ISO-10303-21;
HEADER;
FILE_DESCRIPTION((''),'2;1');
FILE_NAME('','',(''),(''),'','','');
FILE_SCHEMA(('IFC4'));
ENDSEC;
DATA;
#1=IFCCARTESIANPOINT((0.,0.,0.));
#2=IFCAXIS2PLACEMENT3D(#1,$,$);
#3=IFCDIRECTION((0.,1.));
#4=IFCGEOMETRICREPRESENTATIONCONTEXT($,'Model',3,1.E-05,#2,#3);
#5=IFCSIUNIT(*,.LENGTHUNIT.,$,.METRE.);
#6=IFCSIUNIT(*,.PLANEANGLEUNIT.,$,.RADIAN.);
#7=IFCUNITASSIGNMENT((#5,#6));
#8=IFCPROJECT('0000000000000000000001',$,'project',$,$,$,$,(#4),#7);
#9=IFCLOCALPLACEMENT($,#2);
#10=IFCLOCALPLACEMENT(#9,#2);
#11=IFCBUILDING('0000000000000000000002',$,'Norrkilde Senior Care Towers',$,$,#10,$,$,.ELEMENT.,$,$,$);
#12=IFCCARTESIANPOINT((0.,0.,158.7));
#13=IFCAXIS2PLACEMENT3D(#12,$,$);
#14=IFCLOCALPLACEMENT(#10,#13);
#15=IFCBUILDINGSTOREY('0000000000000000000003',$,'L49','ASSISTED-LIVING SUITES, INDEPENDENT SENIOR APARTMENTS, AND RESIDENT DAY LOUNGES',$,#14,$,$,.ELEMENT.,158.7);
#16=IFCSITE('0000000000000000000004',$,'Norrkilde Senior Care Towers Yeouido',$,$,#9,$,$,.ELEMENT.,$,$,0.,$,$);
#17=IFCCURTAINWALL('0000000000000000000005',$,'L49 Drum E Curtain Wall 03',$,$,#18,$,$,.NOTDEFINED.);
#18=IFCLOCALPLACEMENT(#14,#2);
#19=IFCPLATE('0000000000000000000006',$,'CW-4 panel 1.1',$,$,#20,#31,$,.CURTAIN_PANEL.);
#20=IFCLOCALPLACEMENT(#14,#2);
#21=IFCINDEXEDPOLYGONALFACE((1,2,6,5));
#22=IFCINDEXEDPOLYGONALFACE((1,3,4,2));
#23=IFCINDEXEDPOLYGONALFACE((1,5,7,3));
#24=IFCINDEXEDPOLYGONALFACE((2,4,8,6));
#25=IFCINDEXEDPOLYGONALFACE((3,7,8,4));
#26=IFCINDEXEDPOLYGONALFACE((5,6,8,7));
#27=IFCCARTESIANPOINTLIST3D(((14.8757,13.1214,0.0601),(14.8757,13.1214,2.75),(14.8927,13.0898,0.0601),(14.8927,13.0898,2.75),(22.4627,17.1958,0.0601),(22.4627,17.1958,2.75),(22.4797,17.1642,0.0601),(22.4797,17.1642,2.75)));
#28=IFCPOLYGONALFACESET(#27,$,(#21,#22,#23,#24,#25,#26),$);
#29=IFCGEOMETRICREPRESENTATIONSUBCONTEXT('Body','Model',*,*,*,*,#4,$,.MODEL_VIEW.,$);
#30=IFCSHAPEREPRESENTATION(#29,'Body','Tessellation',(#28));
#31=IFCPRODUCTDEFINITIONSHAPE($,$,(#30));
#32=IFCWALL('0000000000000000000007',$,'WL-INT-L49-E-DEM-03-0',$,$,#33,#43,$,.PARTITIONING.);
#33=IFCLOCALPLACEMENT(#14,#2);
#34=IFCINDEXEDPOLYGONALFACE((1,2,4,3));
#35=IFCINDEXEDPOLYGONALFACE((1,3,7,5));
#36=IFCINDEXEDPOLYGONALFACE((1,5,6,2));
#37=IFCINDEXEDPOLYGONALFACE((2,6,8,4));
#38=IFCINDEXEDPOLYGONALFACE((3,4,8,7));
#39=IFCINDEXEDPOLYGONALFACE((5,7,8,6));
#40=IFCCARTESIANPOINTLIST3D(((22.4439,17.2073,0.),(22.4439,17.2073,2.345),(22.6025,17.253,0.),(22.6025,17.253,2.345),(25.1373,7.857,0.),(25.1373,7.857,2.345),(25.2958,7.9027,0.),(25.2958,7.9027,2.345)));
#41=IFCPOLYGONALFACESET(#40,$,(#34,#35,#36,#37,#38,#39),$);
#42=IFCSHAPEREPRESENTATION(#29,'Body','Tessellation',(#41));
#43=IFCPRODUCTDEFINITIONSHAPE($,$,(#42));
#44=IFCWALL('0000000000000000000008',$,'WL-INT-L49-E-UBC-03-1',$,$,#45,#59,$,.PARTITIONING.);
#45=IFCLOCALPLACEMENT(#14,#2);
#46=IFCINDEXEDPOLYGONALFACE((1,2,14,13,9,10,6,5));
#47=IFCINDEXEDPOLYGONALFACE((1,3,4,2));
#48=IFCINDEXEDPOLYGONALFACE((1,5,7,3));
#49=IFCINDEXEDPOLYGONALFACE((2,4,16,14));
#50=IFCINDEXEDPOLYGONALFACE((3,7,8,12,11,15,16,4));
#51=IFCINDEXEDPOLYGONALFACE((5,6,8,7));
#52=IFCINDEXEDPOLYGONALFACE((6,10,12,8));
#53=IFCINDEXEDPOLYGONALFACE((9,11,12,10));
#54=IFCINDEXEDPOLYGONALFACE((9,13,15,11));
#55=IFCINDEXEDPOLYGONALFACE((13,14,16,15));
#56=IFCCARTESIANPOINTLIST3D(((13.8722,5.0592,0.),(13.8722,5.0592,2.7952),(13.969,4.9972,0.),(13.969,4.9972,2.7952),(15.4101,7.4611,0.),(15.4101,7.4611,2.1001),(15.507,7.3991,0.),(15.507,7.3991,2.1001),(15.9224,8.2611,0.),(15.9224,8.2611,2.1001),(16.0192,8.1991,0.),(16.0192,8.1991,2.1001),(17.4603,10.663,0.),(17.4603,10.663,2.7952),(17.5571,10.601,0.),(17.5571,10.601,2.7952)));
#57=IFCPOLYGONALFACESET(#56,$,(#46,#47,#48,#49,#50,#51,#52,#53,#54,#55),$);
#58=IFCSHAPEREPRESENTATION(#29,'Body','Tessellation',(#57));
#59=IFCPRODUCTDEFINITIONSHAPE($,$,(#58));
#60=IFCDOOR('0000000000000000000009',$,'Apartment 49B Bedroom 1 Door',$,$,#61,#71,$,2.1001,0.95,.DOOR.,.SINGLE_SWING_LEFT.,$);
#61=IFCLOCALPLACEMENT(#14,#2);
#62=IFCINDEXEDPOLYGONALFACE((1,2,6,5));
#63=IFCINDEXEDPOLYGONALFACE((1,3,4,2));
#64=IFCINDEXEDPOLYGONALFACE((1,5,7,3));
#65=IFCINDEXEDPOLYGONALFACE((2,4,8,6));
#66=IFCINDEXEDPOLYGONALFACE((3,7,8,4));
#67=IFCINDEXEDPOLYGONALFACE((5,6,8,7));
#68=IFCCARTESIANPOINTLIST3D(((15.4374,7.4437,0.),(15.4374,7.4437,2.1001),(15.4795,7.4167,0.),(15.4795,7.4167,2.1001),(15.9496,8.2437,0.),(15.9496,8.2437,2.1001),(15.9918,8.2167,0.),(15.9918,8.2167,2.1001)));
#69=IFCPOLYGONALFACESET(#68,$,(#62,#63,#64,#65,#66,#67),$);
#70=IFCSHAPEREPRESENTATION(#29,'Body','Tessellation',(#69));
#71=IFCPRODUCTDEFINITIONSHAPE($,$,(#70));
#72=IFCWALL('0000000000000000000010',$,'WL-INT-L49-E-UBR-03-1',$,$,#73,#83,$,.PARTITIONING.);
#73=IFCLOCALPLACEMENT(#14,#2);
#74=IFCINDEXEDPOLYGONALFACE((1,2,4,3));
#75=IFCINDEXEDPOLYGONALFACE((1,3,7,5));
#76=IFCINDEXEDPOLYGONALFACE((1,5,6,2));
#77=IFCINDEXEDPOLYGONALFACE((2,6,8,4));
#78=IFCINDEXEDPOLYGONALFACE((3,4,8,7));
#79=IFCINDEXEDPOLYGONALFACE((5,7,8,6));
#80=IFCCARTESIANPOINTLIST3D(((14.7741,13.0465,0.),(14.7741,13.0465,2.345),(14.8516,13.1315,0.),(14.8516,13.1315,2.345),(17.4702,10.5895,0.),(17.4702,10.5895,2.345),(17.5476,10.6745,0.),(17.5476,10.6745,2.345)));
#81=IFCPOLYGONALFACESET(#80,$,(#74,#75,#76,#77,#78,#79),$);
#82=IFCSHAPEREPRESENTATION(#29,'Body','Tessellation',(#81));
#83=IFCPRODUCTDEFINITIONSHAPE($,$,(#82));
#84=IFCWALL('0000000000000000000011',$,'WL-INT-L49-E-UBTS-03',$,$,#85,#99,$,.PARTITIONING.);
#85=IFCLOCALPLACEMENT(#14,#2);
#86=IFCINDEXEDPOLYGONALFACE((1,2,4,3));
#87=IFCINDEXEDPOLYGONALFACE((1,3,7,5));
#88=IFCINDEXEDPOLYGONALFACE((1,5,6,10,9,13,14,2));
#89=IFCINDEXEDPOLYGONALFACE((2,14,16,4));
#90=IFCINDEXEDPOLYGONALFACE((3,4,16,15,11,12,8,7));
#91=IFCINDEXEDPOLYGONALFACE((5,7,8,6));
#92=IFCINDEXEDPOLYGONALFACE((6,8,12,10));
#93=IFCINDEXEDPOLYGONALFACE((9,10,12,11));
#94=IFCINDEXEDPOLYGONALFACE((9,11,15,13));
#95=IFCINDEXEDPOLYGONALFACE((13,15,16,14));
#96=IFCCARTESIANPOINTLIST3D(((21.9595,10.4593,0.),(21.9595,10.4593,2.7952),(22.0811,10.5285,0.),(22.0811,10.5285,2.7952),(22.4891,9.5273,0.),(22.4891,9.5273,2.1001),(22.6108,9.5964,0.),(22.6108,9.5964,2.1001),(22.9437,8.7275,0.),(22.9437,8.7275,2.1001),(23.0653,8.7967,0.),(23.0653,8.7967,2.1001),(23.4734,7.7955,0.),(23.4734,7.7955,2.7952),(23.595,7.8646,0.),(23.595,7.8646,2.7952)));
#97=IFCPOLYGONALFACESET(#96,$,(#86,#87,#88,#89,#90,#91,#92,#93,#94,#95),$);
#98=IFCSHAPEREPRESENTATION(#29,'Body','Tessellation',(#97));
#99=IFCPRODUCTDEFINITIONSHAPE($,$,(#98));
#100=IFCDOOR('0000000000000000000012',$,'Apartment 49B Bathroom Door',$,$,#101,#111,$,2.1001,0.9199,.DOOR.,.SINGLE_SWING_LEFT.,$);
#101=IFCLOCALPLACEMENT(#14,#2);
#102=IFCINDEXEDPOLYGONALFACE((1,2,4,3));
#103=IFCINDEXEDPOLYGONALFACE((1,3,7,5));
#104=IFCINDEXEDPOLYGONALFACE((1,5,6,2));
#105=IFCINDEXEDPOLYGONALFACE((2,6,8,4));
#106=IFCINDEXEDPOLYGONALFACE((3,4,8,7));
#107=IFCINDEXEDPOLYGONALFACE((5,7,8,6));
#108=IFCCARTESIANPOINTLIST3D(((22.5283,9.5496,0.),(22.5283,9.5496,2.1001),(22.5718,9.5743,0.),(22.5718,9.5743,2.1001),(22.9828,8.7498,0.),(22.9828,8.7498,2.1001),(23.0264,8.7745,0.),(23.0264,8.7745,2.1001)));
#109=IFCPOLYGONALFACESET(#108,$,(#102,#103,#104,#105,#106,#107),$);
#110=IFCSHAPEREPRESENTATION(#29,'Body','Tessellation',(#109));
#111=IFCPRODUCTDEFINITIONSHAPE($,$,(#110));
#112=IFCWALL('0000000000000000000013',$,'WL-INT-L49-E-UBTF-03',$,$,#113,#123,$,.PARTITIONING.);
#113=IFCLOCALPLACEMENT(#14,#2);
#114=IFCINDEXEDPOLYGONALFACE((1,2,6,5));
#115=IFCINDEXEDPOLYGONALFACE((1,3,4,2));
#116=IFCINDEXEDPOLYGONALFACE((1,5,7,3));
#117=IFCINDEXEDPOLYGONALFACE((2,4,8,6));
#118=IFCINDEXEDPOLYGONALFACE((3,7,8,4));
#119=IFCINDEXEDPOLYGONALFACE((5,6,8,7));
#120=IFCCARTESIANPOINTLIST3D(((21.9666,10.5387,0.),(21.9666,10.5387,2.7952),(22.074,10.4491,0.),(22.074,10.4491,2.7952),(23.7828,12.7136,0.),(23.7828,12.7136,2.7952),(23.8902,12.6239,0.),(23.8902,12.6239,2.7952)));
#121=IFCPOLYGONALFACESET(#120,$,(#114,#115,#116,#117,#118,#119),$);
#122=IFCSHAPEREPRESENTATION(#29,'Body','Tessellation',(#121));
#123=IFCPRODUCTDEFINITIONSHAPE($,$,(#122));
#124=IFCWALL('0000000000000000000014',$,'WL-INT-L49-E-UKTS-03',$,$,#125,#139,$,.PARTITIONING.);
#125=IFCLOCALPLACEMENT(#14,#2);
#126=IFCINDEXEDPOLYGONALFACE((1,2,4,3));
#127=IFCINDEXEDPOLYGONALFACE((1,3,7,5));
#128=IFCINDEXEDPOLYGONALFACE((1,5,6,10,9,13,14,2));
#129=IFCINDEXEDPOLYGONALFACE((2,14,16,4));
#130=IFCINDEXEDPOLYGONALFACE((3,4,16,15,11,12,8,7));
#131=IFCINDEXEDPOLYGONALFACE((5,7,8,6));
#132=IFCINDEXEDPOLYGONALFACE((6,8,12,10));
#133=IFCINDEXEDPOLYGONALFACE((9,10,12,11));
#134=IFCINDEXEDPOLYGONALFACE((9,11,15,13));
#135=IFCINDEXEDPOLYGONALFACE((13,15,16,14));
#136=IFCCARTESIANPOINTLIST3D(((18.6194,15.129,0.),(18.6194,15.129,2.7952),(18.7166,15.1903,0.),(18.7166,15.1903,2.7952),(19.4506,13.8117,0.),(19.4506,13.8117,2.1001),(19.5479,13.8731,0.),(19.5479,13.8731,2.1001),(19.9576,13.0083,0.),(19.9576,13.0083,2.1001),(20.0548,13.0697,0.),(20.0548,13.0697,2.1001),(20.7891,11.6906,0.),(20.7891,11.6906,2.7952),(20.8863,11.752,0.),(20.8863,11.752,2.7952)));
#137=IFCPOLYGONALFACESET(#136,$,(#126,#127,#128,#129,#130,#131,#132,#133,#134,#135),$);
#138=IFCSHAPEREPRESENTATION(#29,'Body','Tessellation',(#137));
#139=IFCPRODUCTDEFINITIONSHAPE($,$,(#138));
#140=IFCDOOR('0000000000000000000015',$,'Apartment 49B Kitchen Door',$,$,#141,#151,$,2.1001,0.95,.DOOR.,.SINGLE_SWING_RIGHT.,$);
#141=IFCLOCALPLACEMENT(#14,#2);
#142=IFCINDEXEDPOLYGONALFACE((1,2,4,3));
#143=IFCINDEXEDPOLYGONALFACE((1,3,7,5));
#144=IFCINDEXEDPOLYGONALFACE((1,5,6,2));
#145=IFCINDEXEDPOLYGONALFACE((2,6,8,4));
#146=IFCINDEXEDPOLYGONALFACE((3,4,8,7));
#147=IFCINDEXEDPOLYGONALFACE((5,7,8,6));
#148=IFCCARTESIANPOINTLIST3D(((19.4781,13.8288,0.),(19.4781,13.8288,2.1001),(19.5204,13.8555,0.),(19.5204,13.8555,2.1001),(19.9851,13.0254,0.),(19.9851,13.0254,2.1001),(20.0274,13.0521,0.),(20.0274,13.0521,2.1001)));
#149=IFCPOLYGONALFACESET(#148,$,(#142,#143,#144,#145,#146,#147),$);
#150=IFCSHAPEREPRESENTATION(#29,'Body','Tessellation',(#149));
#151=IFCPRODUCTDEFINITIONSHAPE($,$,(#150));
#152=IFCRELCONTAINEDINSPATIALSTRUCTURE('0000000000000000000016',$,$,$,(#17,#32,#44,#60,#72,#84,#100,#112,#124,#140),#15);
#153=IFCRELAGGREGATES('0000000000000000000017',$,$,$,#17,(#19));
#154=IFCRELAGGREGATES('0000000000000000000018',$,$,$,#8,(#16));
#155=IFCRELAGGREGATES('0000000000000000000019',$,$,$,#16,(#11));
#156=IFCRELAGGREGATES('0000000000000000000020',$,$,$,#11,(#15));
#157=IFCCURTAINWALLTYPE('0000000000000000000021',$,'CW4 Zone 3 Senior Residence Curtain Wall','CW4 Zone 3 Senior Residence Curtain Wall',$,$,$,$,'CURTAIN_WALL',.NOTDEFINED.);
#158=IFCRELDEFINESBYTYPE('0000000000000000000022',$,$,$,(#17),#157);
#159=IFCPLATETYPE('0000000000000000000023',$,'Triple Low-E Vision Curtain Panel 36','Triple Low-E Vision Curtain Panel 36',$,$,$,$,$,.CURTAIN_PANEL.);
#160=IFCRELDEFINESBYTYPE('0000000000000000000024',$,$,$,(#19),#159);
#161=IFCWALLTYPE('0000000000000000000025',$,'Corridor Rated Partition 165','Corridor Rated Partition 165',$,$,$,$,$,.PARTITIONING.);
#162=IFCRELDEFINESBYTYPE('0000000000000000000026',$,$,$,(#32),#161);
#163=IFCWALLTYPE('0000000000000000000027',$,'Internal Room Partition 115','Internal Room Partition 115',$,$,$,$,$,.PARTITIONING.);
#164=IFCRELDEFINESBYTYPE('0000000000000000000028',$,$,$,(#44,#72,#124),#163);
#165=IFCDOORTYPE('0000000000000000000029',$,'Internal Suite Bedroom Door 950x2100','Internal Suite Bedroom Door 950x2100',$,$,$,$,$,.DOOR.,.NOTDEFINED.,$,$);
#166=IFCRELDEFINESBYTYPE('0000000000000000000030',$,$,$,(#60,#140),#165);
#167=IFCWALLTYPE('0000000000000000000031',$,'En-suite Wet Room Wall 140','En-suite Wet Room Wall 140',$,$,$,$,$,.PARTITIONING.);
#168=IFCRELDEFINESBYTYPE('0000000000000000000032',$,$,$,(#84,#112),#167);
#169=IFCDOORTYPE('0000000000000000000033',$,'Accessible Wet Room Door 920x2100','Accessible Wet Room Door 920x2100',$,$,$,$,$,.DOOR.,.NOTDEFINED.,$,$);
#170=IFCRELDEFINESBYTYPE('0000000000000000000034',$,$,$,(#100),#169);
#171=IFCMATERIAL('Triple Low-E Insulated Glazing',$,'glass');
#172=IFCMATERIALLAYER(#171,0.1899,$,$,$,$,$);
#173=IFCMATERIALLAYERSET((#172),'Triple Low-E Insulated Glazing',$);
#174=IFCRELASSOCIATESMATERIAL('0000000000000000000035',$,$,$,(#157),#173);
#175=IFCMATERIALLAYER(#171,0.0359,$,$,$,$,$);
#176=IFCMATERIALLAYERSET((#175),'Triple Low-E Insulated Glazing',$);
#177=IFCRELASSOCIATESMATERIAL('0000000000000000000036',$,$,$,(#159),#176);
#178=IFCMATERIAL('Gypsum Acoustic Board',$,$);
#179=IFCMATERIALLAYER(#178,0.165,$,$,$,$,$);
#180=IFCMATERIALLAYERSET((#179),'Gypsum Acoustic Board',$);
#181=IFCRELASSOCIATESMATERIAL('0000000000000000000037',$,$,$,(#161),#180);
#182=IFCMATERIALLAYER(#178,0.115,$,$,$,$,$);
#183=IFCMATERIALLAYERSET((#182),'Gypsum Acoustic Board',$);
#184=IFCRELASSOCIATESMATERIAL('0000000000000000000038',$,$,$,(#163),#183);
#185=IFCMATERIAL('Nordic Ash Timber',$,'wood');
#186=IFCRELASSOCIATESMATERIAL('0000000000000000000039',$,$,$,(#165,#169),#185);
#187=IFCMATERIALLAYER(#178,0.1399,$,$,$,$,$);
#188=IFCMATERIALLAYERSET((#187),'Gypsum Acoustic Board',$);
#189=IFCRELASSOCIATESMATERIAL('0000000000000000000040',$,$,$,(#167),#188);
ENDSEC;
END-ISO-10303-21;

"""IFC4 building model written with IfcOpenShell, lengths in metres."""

from ifc_helpers import new_model, si_unit, direction, frame, frame_2d, origin, origin_2d, place, context, subcontext, project, spatial, rectangle, extrude, source, transform, mapped, material, layer, layer_set, type_object, type_shapes, element, fill, aggregate, save


model = new_model("IFC4")

# Units and contexts
model_context = context("Model", 3, precision=1e-05, world=origin(), true_north=direction((0.0, 1.0)))
body_context = subcontext(model_context, "Body", "Model", "MODEL_VIEW")
ifc_project = project(units=[si_unit("LENGTHUNIT", "METRE"), si_unit("PLANEANGLEUNIT", "RADIAN")], contexts=[model_context])

# Site, building, storey
site_placement = place(None, origin())
site = spatial("IfcSite", under=ifc_project, at=site_placement, Name="Norrkilde Senior Care Towers Yeouido", CompositionType="ELEMENT", RefElevation=0.0)
building_placement = place(site_placement, origin())
building = spatial("IfcBuilding", under=site, at=building_placement, Name="Norrkilde Senior Care Towers", CompositionType="ELEMENT")
storey_placement = place(building_placement, frame((0.0, 0.0, 158.7)))
storey = spatial("IfcBuildingStorey", under=building, at=storey_placement, Name="L49", Description="ASSISTED-LIVING SUITES, INDEPENDENT SENIOR APARTMENTS, AND RESIDENT DAY LOUNGES", CompositionType="ELEMENT", Elevation=158.7)

# Shared definitions
ifc_material_1 = material(Name="Triple Low-E Insulated Glazing", Category="glass")
ifc_layer_1 = layer(ifc_material_1, 0.1899)
ifc_layer_set_1 = layer_set([ifc_layer_1], Name="Triple Low-E Insulated Glazing")
curtain_wall_type = type_object("IfcCurtainWallType", Name="CW4 Zone 3 Senior Residence Curtain Wall", Description="CW4 Zone 3 Senior Residence Curtain Wall", ElementType="CURTAIN_WALL", PredefinedType="NOTDEFINED", material=ifc_layer_set_1)

# Curtain wall
curtain_wall_1_placement = place(storey_placement, origin())
curtain_wall_1 = element("IfcCurtainWall", 1, at=curtain_wall_1_placement, inside=storey, type_object=curtain_wall_type, Name="L49 Drum E Curtain Wall 03", PredefinedType="NOTDEFINED")

# Plate
ifc_layer_2 = layer(ifc_material_1, 0.0359)
ifc_layer_set_2 = layer_set([ifc_layer_2], Name="Triple Low-E Insulated Glazing")
plate_type = type_object("IfcPlateType", Name="Triple Low-E Vision Curtain Panel 36", Description="Triple Low-E Vision Curtain Panel 36", PredefinedType="CURTAIN_PANEL", material=ifc_layer_set_2)
shared_shape_1 = source(origin(), body_context, "Body", "SweptSolid", [
    extrude(rectangle(XDim=8.6118, YDim=0.0359, at=origin_2d()), origin(), (0.0, 0.0, 1.0), 2.6899),
])
plate_1_placement = place(storey_placement, frame((18.6777, 15.1428, 0.0601), z_axis=(0.0, 0.0, 1.0), x_axis=(0.881, 0.473117, 0.0)))
plate_1 = element("IfcPlate", 2, at=plate_1_placement, type_object=plate_type, Name="CW-4 panel 1.1", PredefinedType="CURTAIN_PANEL", context=body_context, shape_type="MappedRepresentation", body=[
    mapped(shared_shape_1, transform((0.0, 0.0, 0.0), x_axis=(1.0, 0.0, 0.0), y_axis=(0.0, 1.0, 0.0), z_axis=(0.0, 0.0, 1.0), scale=1.0)),
])
aggregate(curtain_wall_1, [plate_1])

# Wall
ifc_material_2 = material(Name="Gypsum Acoustic Board")
ifc_layer_3 = layer(ifc_material_2, 0.165)
ifc_layer_set_3 = layer_set([ifc_layer_3], Name="Gypsum Acoustic Board")
wall_type_1 = type_object("IfcWallType", Name="Corridor Rated Partition 165", Description="Corridor Rated Partition 165", PredefinedType="PARTITIONING", material=ifc_layer_set_3)
shared_shape_2 = source(origin(), body_context, "Body", "SweptSolid", [
    extrude(rectangle(XDim=9.7305, YDim=0.165, at=frame_2d((4.8652, 0.0))), origin(), (0.0, 0.0, 1.0), 2.345),
])
type_shapes(wall_type_1, [shared_shape_2])
wall_1_placement = place(storey_placement, frame((25.2166, 7.8799, 0.0), z_axis=(0.0, 0.0, 1.0), x_axis=(-0.276795, 0.960929, 0.0)))
element("IfcWall", 3, at=wall_1_placement, inside=storey, type_object=wall_type_1, Name="WL-INT-L49-E-DEM-03-0", PredefinedType="PARTITIONING", context=body_context, shape_type="MappedRepresentation", body=[
    mapped(shared_shape_2, transform((0.0, 0.0, 0.0), x_axis=(1.0, 0.0, 0.0), y_axis=(0.0, 1.0, 0.0), z_axis=(0.0, 0.0, 1.0), scale=1.0)),
])

# Wall, opening, door
ifc_layer_4 = layer(ifc_material_2, 0.115)
ifc_layer_set_4 = layer_set([ifc_layer_4], Name="Gypsum Acoustic Board")
wall_type_2 = type_object("IfcWallType", Name="Internal Room Partition 115", Description="Internal Room Partition 115", PredefinedType="PARTITIONING", material=ifc_layer_set_4)
shared_shape_3 = source(origin(), body_context, "Body", "SweptSolid", [
    extrude(rectangle(XDim=6.6541, YDim=0.115, at=frame_2d((3.3271, 0.0))), origin(), (0.0, 0.0, 1.0), 2.7952),
])
wall_2_placement = place(storey_placement, frame((17.5088, 10.6321, 0.0), z_axis=(0.0, 0.0, 1.0), x_axis=(-0.539238, -0.842153, 0.0)))
wall_2 = element("IfcWall", 4, at=wall_2_placement, inside=storey, type_object=wall_type_2, Name="WL-INT-L49-E-UBC-03-1", PredefinedType="PARTITIONING", context=body_context, shape_type="MappedRepresentation", body=[
    mapped(shared_shape_3, transform((0.0, 0.0, 0.0), x_axis=(1.0, 0.0, 0.0), y_axis=(0.0, 1.0, 0.0), z_axis=(0.0, 0.0, 1.0), scale=1.0)),
])
opening_1_placement = place(wall_2_placement, frame((2.8521, 0.0, 0.0)))
opening_1 = element("IfcOpeningElement", 5, at=opening_1_placement, cuts=wall_2, PredefinedType="OPENING", context=body_context, shape_type="SweptSolid", body=[
    extrude(rectangle(XDim=0.95, YDim=2.1001, at=frame_2d((0.4751, 1.05))), frame((0.0, 0.0674, 0.0), z_axis=(0.0, -1.0, 0.0), x_axis=(1.0, 0.0, 0.0)), (0.0, 0.0, 1.0), 0.135),
])
ifc_material_3 = material(Name="Nordic Ash Timber", Category="wood")
door_type_1 = type_object("IfcDoorType", Name="Internal Suite Bedroom Door 950x2100", Description="Internal Suite Bedroom Door 950x2100", OperationType="NOTDEFINED", PredefinedType="DOOR", material=ifc_material_3)
shared_shape_4 = source(origin(), body_context, "Body", "SweptSolid", [
    extrude(rectangle(XDim=0.95, YDim=2.1001, at=frame_2d((0.4751, 1.05))), frame((0.0, 0.0249, 0.0), z_axis=(0.0, -1.0, 0.0), x_axis=(1.0, 0.0, 0.0)), (0.0, 0.0, 1.0), 0.05),
])
type_shapes(door_type_1, [shared_shape_4])
door_1_placement = place(opening_1_placement, origin())
door_1 = element("IfcDoor", 6, at=door_1_placement, inside=storey, type_object=door_type_1, Name="Apartment 49B Bedroom 1 Door", OperationType="SINGLE_SWING_LEFT", OverallHeight=2.1001, OverallWidth=0.95, PredefinedType="DOOR", context=body_context, shape_type="MappedRepresentation", body=[
    mapped(shared_shape_4, transform((0.0, 0.0, 0.0), x_axis=(1.0, 0.0, 0.0), y_axis=(0.0, 1.0, 0.0), z_axis=(0.0, 0.0, 1.0), scale=1.0)),
])
fill(opening_1, door_1)

# Wall
shared_shape_5 = source(origin(), body_context, "Body", "SweptSolid", [
    extrude(rectangle(XDim=3.6477, YDim=0.115, at=frame_2d((1.8237, 0.0))), origin(), (0.0, 0.0, 1.0), 2.345),
])
wall_3_placement = place(storey_placement, frame((17.5088, 10.6321, 0.0), z_axis=(0.0, 0.0, 1.0), x_axis=(-0.73911, 0.673585, 0.0)))
element("IfcWall", 7, at=wall_3_placement, inside=storey, type_object=wall_type_2, Name="WL-INT-L49-E-UBR-03-1", PredefinedType="PARTITIONING", context=body_context, shape_type="MappedRepresentation", body=[
    mapped(shared_shape_5, transform((0.0, 0.0, 0.0), x_axis=(1.0, 0.0, 0.0), y_axis=(0.0, 1.0, 0.0), z_axis=(0.0, 0.0, 1.0), scale=1.0)),
])

# Wall, opening, door
ifc_layer_5 = layer(ifc_material_2, 0.1399)
ifc_layer_set_5 = layer_set([ifc_layer_5], Name="Gypsum Acoustic Board")
wall_type_3 = type_object("IfcWallType", Name="En-suite Wet Room Wall 140", Description="En-suite Wet Room Wall 140", PredefinedType="PARTITIONING", material=ifc_layer_set_5)
shared_shape_6 = source(origin(), body_context, "Body", "SweptSolid", [
    extrude(rectangle(XDim=3.064, YDim=0.1399, at=frame_2d((1.532, 0.0))), origin(), (0.0, 0.0, 1.0), 2.7952),
])
wall_4_placement = place(storey_placement, frame((23.5342, 7.8301, 0.0), z_axis=(0.0, 0.0, 1.0), x_axis=(-0.494104, 0.869403, 0.0)))
wall_4 = element("IfcWall", 8, at=wall_4_placement, inside=storey, type_object=wall_type_3, Name="WL-INT-L49-E-UBTS-03", PredefinedType="PARTITIONING", context=body_context, shape_type="MappedRepresentation", body=[
    mapped(shared_shape_6, transform((0.0, 0.0, 0.0), x_axis=(1.0, 0.0, 0.0), y_axis=(0.0, 1.0, 0.0), z_axis=(0.0, 0.0, 1.0), scale=1.0)),
])
opening_2_placement = place(wall_4_placement, frame((1.072, 0.0, 0.0)))
opening_2 = element("IfcOpeningElement", 9, at=opening_2_placement, cuts=wall_4, PredefinedType="OPENING", context=body_context, shape_type="SweptSolid", body=[
    extrude(rectangle(XDim=0.9199, YDim=2.1001, at=frame_2d((0.46, 1.05))), frame((0.0, 0.0798, 0.0), z_axis=(0.0, -1.0, 0.0), x_axis=(1.0, 0.0, 0.0)), (0.0, 0.0, 1.0), 0.1599),
])
door_type_2 = type_object("IfcDoorType", Name="Accessible Wet Room Door 920x2100", Description="Accessible Wet Room Door 920x2100", OperationType="NOTDEFINED", PredefinedType="DOOR", material=ifc_material_3)
shared_shape_7 = source(origin(), body_context, "Body", "SweptSolid", [
    extrude(rectangle(XDim=0.9199, YDim=2.1001, at=frame_2d((0.46, 1.05))), frame((0.0, 0.0249, 0.0), z_axis=(0.0, -1.0, 0.0), x_axis=(1.0, 0.0, 0.0)), (0.0, 0.0, 1.0), 0.05),
])
type_shapes(door_type_2, [shared_shape_7])
door_2_placement = place(opening_2_placement, origin())
door_2 = element("IfcDoor", 10, at=door_2_placement, inside=storey, type_object=door_type_2, Name="Apartment 49B Bathroom Door", OperationType="SINGLE_SWING_LEFT", OverallHeight=2.1001, OverallWidth=0.9199, PredefinedType="DOOR", context=body_context, shape_type="MappedRepresentation", body=[
    mapped(shared_shape_7, transform((0.0, 0.0, 0.0), x_axis=(1.0, 0.0, 0.0), y_axis=(0.0, 1.0, 0.0), z_axis=(0.0, 0.0, 1.0), scale=1.0)),
])
fill(opening_2, door_2)

# Wall
shared_shape_8 = source(origin(), body_context, "Body", "SweptSolid", [
    extrude(rectangle(XDim=2.8335, YDim=0.1399, at=frame_2d((1.4167, 0.0))), origin(), (0.0, 0.0, 1.0), 2.7952),
])
type_shapes(wall_type_3, [shared_shape_6, shared_shape_8])
wall_5_placement = place(storey_placement, frame((22.0203, 10.4939, 0.0), z_axis=(0.0, 0.0, 1.0), x_axis=(0.640981, 0.767557, 0.0)))
element("IfcWall", 11, at=wall_5_placement, inside=storey, type_object=wall_type_3, Name="WL-INT-L49-E-UBTF-03", PredefinedType="PARTITIONING", context=body_context, shape_type="MappedRepresentation", body=[
    mapped(shared_shape_8, transform((0.0, 0.0, 0.0), x_axis=(1.0, 0.0, 0.0), y_axis=(0.0, 1.0, 0.0), z_axis=(0.0, 0.0, 1.0), scale=1.0)),
])

# Wall, opening, door
shared_shape_9 = source(origin(), body_context, "Body", "SweptSolid", [
    extrude(rectangle(XDim=4.0657, YDim=0.115, at=frame_2d((2.0327, 0.0))), origin(), (0.0, 0.0, 1.0), 2.7952),
])
wall_6_placement = place(storey_placement, frame((20.8376, 11.7214, 0.0), z_axis=(0.0, 0.0, 1.0), x_axis=(-0.53367, 0.845693, 0.0)))
wall_6 = element("IfcWall", 12, at=wall_6_placement, inside=storey, type_object=wall_type_2, Name="WL-INT-L49-E-UKTS-03", PredefinedType="PARTITIONING", context=body_context, shape_type="MappedRepresentation", body=[
    mapped(shared_shape_9, transform((0.0, 0.0, 0.0), x_axis=(1.0, 0.0, 0.0), y_axis=(0.0, 1.0, 0.0), z_axis=(0.0, 0.0, 1.0), scale=1.0)),
])
opening_3_placement = place(wall_6_placement, frame((1.5579, 0.0, 0.0)))
opening_3 = element("IfcOpeningElement", 13, at=opening_3_placement, cuts=wall_6, PredefinedType="OPENING", context=body_context, shape_type="SweptSolid", body=[
    extrude(rectangle(XDim=0.95, YDim=2.1001, at=frame_2d((0.4751, 1.05))), frame((0.0, 0.0674, 0.0), z_axis=(0.0, -1.0, 0.0), x_axis=(1.0, 0.0, 0.0)), (0.0, 0.0, 1.0), 0.135),
])
door_3_placement = place(opening_3_placement, frame((0.95, 0.0, 0.0), z_axis=(0.0, 0.0, 1.0), x_axis=(-1.0, 0.0, 0.0)))
door_3 = element("IfcDoor", 14, at=door_3_placement, inside=storey, type_object=door_type_1, Name="Apartment 49B Kitchen Door", OperationType="SINGLE_SWING_RIGHT", OverallHeight=2.1001, OverallWidth=0.95, PredefinedType="DOOR", context=body_context, shape_type="MappedRepresentation", body=[
    mapped(shared_shape_4, transform((0.0, 0.0, 0.0), x_axis=(1.0, 0.0, 0.0), y_axis=(0.0, 1.0, 0.0), z_axis=(0.0, 0.0, 1.0), scale=1.0)),
])
fill(opening_3, door_3)

save(model, "model.ifc")
